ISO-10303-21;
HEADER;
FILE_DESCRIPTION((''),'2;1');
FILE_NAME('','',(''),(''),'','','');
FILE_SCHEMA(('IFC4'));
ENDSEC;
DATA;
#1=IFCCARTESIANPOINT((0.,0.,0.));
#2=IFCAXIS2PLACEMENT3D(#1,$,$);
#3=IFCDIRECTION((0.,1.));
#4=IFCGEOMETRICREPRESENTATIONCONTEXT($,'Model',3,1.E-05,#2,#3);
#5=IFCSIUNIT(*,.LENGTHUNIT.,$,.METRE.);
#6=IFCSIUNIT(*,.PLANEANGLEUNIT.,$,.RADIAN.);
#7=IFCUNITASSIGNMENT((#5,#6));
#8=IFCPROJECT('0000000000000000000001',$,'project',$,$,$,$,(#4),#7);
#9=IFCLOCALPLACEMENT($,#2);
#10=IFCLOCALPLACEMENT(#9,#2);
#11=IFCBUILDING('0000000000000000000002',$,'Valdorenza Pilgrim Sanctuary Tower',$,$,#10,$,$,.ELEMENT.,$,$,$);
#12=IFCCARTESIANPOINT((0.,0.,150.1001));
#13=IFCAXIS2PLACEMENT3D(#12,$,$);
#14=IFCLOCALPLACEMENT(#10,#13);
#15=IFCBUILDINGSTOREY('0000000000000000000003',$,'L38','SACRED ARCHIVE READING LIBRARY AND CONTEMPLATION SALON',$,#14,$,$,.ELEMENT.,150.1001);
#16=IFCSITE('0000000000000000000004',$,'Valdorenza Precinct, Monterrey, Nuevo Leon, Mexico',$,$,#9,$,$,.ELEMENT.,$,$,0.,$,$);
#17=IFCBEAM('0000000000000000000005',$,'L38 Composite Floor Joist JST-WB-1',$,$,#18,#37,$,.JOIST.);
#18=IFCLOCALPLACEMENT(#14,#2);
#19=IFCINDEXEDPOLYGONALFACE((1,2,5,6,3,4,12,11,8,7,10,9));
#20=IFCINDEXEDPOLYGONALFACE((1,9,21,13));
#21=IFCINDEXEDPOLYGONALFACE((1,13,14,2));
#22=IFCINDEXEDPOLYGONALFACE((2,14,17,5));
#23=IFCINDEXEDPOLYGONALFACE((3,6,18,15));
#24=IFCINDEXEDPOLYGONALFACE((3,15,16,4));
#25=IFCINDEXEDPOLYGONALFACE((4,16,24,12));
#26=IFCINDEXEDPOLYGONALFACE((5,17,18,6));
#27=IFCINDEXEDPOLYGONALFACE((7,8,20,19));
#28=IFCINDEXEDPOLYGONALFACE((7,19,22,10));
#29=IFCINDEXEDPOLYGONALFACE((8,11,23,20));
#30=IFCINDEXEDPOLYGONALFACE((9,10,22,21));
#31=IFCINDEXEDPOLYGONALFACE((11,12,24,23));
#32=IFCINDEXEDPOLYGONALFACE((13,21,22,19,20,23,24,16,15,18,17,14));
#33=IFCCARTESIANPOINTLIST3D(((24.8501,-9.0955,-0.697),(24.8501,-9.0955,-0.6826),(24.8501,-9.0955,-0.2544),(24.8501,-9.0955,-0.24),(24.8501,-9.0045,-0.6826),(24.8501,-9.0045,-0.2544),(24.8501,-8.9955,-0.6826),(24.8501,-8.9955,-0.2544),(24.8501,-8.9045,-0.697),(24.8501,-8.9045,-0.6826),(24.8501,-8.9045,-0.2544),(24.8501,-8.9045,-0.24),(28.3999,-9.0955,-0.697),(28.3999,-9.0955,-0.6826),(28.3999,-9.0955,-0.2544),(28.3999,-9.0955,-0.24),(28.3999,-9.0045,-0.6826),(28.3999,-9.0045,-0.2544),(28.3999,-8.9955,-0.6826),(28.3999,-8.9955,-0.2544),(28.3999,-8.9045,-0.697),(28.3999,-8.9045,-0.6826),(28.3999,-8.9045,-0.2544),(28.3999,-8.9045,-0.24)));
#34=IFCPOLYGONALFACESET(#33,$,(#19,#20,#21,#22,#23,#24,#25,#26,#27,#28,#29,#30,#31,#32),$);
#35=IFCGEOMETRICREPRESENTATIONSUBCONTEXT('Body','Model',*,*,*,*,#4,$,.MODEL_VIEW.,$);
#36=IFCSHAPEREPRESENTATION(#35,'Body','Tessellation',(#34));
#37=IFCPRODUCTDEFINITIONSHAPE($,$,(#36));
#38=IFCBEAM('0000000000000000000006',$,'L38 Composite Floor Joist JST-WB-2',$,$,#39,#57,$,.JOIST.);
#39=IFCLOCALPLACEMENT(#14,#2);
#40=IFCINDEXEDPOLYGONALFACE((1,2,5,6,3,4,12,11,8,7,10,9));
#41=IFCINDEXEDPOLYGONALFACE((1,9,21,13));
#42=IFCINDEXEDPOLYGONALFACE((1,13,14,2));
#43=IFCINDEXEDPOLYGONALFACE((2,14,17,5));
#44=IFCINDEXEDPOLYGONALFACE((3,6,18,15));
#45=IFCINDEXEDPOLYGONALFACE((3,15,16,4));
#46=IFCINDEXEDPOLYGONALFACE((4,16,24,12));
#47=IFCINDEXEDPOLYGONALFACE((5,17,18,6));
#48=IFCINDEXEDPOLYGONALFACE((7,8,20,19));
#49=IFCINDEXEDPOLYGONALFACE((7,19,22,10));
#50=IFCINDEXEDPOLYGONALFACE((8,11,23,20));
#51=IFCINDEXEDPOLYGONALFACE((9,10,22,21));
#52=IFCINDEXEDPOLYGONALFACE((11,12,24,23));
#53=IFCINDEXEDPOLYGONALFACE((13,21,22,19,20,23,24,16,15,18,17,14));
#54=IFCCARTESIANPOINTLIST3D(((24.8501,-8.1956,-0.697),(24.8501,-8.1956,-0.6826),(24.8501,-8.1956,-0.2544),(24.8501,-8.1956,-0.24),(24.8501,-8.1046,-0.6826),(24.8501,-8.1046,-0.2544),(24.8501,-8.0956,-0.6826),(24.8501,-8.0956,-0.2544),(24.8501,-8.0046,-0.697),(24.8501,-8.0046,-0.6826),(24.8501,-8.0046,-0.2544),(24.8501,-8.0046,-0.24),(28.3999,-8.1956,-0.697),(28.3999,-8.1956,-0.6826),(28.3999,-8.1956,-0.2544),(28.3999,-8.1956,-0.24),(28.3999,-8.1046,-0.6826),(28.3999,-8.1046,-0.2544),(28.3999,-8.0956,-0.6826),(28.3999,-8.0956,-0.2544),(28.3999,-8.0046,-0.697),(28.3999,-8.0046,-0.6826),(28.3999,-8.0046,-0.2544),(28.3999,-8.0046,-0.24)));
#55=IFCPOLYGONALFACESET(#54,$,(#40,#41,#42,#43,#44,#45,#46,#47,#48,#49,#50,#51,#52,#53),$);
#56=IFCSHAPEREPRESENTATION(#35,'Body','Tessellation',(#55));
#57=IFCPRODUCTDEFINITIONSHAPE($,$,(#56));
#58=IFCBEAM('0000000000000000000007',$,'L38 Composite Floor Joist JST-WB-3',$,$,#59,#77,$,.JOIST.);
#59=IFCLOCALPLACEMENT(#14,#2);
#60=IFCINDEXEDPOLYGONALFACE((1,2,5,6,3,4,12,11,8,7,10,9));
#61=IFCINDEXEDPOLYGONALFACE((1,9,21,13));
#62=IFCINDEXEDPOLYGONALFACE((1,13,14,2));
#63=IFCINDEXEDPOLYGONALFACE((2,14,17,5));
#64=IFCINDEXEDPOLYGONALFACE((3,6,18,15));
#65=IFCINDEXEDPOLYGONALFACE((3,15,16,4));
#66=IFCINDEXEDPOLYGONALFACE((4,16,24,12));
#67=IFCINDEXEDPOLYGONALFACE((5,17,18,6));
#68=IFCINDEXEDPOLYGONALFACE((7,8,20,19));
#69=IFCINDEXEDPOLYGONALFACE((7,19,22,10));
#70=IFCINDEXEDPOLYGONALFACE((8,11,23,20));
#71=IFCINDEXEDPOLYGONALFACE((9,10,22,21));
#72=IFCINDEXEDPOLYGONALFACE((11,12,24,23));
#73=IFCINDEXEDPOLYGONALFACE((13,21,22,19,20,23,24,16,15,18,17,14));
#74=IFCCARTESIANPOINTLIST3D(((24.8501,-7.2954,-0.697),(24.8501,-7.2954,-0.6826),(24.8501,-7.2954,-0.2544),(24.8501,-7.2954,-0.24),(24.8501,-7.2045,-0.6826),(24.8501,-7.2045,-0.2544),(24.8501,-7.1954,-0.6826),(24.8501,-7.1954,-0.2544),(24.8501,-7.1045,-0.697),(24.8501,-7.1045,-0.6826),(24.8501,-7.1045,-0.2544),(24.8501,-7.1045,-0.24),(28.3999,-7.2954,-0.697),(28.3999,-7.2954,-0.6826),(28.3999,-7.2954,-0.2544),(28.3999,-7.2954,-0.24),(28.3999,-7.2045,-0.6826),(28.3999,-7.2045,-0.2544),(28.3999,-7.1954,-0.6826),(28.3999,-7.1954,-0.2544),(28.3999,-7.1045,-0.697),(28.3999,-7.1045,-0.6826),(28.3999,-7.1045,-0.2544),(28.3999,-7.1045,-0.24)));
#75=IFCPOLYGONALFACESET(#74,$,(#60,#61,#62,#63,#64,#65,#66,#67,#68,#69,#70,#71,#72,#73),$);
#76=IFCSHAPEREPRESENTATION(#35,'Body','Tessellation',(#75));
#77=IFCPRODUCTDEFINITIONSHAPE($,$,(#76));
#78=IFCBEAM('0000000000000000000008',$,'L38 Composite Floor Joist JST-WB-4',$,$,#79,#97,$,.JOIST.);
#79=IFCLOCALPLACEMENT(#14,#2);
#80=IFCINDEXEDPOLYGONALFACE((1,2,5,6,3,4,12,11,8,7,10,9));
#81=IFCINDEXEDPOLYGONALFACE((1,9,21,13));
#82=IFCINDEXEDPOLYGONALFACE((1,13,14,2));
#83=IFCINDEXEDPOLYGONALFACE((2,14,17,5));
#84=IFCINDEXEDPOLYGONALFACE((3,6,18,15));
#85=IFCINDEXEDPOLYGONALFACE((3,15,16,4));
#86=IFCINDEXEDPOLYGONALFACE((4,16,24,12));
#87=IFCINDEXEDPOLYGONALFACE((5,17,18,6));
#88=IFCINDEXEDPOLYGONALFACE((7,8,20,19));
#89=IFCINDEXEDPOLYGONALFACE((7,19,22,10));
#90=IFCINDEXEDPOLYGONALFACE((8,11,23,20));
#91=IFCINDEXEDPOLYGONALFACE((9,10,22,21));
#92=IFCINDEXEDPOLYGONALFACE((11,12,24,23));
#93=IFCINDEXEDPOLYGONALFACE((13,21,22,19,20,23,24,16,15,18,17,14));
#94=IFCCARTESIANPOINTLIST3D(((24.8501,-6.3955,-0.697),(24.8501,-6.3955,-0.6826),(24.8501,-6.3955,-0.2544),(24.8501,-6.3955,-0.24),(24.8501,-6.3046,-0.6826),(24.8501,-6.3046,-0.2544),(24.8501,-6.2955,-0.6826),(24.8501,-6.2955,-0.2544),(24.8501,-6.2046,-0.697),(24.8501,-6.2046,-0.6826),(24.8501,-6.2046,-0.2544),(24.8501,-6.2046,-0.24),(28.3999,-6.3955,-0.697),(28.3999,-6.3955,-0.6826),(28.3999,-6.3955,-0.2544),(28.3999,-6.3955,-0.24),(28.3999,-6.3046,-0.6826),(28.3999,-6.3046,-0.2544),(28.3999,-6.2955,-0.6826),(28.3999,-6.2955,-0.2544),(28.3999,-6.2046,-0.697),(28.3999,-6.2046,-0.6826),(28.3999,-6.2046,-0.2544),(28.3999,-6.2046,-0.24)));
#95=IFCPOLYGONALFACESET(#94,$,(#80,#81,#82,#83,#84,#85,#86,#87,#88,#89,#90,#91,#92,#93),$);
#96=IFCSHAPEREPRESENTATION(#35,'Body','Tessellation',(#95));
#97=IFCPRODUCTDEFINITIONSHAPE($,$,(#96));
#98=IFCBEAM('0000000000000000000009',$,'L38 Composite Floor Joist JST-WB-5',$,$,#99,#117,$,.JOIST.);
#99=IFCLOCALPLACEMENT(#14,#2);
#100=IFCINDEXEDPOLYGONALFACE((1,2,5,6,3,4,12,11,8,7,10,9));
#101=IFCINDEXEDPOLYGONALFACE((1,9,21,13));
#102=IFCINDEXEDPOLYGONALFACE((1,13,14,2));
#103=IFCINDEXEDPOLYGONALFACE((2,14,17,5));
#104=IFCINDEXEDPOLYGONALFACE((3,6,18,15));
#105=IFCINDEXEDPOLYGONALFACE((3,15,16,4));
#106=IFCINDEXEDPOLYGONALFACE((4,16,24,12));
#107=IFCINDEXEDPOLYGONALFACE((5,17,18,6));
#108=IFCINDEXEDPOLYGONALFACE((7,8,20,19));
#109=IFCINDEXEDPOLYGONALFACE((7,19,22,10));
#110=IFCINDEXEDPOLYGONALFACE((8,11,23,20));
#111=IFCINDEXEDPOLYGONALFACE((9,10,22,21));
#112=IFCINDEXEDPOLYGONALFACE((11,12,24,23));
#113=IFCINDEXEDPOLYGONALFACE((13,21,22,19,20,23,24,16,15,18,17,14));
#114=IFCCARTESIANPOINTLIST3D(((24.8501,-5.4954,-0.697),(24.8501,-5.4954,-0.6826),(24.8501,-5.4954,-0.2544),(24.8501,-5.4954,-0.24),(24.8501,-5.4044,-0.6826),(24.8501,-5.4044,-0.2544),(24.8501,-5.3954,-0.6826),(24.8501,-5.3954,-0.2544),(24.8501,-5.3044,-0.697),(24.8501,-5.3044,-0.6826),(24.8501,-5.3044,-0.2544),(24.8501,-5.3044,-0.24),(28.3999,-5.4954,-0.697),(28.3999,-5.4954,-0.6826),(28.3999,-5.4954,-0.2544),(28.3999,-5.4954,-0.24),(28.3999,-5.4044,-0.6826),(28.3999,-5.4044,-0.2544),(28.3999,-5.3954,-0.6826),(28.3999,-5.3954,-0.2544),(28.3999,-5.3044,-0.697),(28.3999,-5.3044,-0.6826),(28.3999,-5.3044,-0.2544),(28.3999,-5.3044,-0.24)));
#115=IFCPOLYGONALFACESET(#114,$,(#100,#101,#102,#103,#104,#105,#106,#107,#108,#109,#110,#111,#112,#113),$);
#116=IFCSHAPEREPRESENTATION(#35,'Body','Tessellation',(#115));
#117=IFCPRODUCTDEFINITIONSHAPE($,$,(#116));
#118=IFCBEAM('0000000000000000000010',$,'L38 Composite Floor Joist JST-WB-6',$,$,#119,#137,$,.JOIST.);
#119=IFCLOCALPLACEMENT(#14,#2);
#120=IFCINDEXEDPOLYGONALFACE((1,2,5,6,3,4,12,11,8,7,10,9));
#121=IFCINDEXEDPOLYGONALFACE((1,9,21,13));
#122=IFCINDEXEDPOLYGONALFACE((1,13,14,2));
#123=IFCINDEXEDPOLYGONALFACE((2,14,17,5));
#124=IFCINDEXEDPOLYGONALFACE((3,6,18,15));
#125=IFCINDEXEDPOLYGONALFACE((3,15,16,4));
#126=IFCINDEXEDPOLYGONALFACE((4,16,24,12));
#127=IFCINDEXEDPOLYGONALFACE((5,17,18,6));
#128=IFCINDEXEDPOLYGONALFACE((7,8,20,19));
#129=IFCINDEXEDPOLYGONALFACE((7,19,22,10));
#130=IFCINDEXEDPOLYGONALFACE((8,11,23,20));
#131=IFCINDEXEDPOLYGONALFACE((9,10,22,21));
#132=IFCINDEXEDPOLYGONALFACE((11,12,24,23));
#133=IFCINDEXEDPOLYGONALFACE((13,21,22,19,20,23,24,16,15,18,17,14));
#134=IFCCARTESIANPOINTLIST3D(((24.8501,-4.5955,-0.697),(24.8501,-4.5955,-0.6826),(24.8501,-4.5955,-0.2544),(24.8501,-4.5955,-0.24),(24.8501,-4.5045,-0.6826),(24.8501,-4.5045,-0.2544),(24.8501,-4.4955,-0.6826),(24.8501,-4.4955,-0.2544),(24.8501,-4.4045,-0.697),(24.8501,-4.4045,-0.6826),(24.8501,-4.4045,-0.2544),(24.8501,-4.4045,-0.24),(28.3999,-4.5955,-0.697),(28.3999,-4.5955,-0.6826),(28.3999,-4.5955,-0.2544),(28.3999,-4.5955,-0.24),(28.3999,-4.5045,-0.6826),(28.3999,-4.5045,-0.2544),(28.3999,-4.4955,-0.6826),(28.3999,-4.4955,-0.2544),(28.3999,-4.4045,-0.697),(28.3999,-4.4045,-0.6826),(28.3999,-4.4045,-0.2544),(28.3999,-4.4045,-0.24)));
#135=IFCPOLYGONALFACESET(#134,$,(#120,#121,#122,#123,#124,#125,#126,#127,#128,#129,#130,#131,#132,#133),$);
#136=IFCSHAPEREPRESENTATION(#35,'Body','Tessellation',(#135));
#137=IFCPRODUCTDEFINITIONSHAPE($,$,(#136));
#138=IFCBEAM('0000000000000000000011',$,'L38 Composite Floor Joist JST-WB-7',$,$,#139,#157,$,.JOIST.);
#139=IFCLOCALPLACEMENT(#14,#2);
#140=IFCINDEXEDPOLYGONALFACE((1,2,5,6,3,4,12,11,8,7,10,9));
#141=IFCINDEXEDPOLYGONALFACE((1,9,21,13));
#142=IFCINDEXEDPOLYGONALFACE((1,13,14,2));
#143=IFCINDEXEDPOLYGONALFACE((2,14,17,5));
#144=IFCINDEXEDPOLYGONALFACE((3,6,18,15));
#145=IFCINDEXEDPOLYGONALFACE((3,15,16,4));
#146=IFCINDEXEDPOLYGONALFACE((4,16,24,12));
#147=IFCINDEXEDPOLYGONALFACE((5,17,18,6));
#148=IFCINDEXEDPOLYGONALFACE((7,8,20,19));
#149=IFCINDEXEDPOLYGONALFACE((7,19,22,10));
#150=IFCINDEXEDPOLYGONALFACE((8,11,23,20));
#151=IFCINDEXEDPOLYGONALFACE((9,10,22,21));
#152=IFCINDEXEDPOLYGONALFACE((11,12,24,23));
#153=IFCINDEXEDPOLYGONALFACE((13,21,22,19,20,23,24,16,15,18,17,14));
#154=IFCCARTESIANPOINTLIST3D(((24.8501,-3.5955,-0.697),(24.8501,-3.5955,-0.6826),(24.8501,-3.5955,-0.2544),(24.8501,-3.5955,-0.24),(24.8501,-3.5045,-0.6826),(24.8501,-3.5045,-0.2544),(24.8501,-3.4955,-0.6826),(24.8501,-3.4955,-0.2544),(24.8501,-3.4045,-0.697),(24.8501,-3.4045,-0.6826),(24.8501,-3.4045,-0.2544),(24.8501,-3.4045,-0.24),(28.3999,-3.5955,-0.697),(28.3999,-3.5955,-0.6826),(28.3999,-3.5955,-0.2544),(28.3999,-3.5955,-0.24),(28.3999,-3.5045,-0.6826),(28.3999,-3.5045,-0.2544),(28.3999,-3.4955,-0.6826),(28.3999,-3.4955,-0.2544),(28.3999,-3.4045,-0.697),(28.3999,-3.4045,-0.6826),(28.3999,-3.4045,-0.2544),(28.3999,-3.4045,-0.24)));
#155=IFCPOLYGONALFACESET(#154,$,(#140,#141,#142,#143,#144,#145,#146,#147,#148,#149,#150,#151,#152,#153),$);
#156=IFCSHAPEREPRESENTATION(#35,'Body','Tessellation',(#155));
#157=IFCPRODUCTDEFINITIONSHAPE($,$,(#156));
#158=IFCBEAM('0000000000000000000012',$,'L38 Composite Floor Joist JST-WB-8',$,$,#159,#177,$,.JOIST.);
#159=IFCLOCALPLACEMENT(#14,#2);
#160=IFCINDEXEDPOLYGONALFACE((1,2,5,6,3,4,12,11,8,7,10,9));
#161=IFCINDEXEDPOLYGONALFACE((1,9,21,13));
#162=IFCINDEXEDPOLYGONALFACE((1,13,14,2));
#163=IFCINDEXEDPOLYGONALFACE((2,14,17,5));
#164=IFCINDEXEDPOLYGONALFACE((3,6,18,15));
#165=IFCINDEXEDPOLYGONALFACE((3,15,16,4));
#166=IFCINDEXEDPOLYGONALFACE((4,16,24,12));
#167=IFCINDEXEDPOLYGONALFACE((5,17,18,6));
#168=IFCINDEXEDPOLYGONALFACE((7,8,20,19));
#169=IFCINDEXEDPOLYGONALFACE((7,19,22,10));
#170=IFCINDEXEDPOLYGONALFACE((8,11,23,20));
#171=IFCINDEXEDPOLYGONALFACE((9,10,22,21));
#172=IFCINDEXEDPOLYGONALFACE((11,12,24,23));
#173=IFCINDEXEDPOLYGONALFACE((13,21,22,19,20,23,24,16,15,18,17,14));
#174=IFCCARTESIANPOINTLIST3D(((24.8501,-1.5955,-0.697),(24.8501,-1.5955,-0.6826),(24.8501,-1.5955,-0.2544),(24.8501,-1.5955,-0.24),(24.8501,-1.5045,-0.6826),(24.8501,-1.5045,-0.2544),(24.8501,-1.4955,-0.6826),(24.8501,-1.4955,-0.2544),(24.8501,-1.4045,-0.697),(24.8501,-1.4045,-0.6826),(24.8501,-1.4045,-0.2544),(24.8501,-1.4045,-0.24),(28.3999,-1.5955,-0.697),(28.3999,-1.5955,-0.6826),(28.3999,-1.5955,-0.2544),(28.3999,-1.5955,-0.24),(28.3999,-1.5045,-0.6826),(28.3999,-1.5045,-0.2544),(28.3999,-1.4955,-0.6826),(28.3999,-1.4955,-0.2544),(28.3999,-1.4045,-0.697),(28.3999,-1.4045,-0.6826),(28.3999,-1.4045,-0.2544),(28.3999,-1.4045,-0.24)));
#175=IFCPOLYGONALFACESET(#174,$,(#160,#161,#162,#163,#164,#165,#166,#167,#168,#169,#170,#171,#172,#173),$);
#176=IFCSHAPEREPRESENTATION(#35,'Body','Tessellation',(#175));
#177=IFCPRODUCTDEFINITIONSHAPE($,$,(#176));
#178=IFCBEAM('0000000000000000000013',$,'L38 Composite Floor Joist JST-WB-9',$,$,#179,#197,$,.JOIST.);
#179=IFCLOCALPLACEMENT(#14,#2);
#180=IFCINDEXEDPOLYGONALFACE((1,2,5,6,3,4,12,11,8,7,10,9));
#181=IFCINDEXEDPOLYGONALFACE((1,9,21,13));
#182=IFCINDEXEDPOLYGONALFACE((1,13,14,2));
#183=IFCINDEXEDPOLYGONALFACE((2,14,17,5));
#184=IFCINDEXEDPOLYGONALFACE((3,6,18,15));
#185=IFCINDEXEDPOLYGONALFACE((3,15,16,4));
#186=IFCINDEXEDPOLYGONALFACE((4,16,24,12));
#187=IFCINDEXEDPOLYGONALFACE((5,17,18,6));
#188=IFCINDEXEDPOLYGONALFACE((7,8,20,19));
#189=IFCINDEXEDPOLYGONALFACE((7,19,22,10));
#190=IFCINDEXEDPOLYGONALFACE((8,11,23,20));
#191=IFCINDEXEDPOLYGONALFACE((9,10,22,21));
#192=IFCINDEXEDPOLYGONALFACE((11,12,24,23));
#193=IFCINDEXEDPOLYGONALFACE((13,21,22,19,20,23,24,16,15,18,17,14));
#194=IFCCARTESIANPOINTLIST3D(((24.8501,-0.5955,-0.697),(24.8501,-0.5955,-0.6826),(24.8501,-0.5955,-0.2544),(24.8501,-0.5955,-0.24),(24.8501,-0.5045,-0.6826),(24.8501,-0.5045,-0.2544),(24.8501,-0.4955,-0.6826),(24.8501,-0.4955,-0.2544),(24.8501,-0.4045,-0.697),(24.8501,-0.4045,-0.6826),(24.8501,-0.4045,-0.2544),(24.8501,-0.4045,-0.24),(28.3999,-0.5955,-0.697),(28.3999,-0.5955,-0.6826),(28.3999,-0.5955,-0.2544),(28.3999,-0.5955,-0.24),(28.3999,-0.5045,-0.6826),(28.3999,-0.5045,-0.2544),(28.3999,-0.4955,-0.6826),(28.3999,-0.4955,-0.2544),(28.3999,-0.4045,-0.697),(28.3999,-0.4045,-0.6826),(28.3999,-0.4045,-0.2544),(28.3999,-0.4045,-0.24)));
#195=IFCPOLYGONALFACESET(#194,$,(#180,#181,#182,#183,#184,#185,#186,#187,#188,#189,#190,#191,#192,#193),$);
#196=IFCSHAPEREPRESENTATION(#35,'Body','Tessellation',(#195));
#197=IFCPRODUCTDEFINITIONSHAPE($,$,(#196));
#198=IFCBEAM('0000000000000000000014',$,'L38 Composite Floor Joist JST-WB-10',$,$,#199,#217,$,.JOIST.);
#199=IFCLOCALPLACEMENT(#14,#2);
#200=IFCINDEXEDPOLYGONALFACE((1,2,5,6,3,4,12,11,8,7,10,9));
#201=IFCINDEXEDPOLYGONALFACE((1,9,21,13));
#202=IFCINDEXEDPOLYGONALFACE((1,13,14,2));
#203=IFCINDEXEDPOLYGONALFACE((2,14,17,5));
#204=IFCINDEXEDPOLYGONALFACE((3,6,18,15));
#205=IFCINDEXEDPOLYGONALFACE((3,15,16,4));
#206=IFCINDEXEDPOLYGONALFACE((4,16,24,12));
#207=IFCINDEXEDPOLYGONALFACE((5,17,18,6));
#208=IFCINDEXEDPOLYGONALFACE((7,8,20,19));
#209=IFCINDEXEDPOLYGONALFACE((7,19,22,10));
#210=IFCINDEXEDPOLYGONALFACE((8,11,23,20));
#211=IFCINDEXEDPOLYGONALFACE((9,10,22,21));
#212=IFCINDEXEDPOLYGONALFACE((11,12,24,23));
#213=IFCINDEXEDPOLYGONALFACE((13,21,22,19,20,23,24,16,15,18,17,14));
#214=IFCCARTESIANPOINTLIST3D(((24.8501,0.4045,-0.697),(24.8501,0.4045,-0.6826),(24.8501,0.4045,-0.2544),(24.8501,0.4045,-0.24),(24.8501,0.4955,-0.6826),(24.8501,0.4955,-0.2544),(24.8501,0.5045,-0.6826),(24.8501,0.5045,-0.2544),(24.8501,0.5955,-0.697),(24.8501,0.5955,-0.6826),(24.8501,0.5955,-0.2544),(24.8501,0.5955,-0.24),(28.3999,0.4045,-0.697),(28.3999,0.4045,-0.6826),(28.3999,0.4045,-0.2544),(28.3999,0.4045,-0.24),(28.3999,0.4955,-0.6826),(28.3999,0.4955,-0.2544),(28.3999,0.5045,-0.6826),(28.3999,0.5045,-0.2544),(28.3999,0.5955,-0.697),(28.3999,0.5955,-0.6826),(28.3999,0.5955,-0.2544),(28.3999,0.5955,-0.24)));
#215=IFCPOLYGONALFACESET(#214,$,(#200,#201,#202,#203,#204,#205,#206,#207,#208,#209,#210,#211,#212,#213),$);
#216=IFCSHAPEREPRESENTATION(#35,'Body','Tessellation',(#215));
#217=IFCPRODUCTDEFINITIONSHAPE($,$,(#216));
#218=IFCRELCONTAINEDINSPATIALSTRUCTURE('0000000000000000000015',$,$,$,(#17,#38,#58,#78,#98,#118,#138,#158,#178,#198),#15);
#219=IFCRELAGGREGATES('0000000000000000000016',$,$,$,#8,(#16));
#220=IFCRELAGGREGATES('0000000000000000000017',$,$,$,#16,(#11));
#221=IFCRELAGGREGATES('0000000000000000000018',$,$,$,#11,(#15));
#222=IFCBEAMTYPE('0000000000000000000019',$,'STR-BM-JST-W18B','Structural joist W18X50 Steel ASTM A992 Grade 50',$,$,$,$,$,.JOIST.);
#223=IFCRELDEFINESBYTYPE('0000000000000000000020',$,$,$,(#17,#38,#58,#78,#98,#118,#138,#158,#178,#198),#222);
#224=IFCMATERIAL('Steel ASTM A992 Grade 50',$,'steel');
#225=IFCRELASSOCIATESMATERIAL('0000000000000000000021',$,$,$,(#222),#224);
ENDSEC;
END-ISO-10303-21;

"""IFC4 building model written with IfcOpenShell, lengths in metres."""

from ifc_helpers import new_model, si_unit, direction, frame, origin, origin_2d, place, context, subcontext, project, spatial, i_section, extrude, source, transform, mapped, material, material_profile, profile_set, type_object, element, save


model = new_model("IFC4")

# Units and contexts
model_context = context("Model", 3, precision=1e-05, world=origin(), true_north=direction((0.0, 1.0)))
body_context = subcontext(model_context, "Body", "Model", "MODEL_VIEW")
ifc_project = project(units=[si_unit("LENGTHUNIT", "METRE"), si_unit("PLANEANGLEUNIT", "RADIAN")], contexts=[model_context])

# Site, building, storey
site_placement = place(None, origin())
site = spatial("IfcSite", under=ifc_project, at=site_placement, Name="Valdorenza Precinct, Monterrey, Nuevo Leon, Mexico", CompositionType="ELEMENT", RefElevation=0.0)
building_placement = place(site_placement, origin())
building = spatial("IfcBuilding", under=site, at=building_placement, Name="Valdorenza Pilgrim Sanctuary Tower", CompositionType="ELEMENT")
storey_placement = place(building_placement, frame((0.0, 0.0, 150.1001)))
storey = spatial("IfcBuildingStorey", under=building, at=storey_placement, Name="L38", Description="SACRED ARCHIVE READING LIBRARY AND CONTEMPLATION SALON", CompositionType="ELEMENT", Elevation=150.1001)

# Shared definitions
ifc_material_1 = material(Name="Steel ASTM A992 Grade 50", Category="steel")

# Beams
ifc_material_profile_1 = material_profile(ifc_material_1, i_section(OverallWidth=0.1909, OverallDepth=0.457, WebThickness=0.009, FlangeThickness=0.0144, at=origin_2d()), Name="W18X50")
ifc_profile_set_1 = profile_set([ifc_material_profile_1], Name="Steel ASTM A992 Grade 50")
beam_type_1 = type_object("IfcBeamType", Name="STR-BM-JST-W18B", Description="Structural joist W18X50 Steel ASTM A992 Grade 50", PredefinedType="JOIST", material=ifc_profile_set_1)
shared_shape_1 = source(origin(), body_context, "Body", "SweptSolid", [
    extrude(i_section(OverallWidth=0.1909, OverallDepth=0.457, WebThickness=0.009, FlangeThickness=0.0144, at=origin_2d()), origin(), (0.0, 0.0, 1.0), 3.5498),
])
for number, where, z_axis, x_axis, name in (
    (1, (24.8501, -9.0, -0.4685), (1.0, 0.0, 0.0), (0.0, 1.0, 0.0), "L38 Composite Floor Joist JST-WB-1"),
    (2, (24.8501, -8.1001, -0.4685), (1.0, 0.0, 0.0), (0.0, 1.0, 0.0), "L38 Composite Floor Joist JST-WB-2"),
    (3, (24.8501, -7.2, -0.4685), (1.0, 0.0, 0.0), (0.0, 1.0, 0.0), "L38 Composite Floor Joist JST-WB-3"),
    (4, (24.8501, -6.3, -0.4685), (1.0, 0.0, 0.0), (0.0, 1.0, 0.0), "L38 Composite Floor Joist JST-WB-4"),
    (5, (24.8501, -5.3999, -0.4685), (1.0, 0.0, 0.0), (0.0, 1.0, 0.0), "L38 Composite Floor Joist JST-WB-5"),
    (6, (24.8501, -4.5, -0.4685), (1.0, 0.0, 0.0), (0.0, 1.0, 0.0), "L38 Composite Floor Joist JST-WB-6"),
    (7, (24.8501, -3.5, -0.4685), (1.0, 0.0, 0.0), (0.0, 1.0, 0.0), "L38 Composite Floor Joist JST-WB-7"),
    (8, (24.8501, -1.5, -0.4685), (1.0, 0.0, 0.0), (0.0, 1.0, 0.0), "L38 Composite Floor Joist JST-WB-8"),
    (9, (24.8501, -0.5, -0.4685), (1.0, 0.0, 0.0), (0.0, 1.0, 0.0), "L38 Composite Floor Joist JST-WB-9"),
    (10, (24.8501, 0.5, -0.4685), (1.0, 0.0, 0.0), (0.0, 1.0, 0.0), "L38 Composite Floor Joist JST-WB-10"),
):
    element("IfcBeam", number, at=place(storey_placement, frame(where, z_axis=z_axis, x_axis=x_axis)), inside=storey, type_object=beam_type_1, Name=name, PredefinedType="JOIST", context=body_context, shape_type="MappedRepresentation", body=[
        mapped(shared_shape_1, transform((0.0, 0.0, 0.0), x_axis=(1.0, 0.0, 0.0), y_axis=(0.0, 1.0, 0.0), z_axis=(0.0, 0.0, 1.0), scale=1.0)),
    ])

save(model, "model.ifc")
